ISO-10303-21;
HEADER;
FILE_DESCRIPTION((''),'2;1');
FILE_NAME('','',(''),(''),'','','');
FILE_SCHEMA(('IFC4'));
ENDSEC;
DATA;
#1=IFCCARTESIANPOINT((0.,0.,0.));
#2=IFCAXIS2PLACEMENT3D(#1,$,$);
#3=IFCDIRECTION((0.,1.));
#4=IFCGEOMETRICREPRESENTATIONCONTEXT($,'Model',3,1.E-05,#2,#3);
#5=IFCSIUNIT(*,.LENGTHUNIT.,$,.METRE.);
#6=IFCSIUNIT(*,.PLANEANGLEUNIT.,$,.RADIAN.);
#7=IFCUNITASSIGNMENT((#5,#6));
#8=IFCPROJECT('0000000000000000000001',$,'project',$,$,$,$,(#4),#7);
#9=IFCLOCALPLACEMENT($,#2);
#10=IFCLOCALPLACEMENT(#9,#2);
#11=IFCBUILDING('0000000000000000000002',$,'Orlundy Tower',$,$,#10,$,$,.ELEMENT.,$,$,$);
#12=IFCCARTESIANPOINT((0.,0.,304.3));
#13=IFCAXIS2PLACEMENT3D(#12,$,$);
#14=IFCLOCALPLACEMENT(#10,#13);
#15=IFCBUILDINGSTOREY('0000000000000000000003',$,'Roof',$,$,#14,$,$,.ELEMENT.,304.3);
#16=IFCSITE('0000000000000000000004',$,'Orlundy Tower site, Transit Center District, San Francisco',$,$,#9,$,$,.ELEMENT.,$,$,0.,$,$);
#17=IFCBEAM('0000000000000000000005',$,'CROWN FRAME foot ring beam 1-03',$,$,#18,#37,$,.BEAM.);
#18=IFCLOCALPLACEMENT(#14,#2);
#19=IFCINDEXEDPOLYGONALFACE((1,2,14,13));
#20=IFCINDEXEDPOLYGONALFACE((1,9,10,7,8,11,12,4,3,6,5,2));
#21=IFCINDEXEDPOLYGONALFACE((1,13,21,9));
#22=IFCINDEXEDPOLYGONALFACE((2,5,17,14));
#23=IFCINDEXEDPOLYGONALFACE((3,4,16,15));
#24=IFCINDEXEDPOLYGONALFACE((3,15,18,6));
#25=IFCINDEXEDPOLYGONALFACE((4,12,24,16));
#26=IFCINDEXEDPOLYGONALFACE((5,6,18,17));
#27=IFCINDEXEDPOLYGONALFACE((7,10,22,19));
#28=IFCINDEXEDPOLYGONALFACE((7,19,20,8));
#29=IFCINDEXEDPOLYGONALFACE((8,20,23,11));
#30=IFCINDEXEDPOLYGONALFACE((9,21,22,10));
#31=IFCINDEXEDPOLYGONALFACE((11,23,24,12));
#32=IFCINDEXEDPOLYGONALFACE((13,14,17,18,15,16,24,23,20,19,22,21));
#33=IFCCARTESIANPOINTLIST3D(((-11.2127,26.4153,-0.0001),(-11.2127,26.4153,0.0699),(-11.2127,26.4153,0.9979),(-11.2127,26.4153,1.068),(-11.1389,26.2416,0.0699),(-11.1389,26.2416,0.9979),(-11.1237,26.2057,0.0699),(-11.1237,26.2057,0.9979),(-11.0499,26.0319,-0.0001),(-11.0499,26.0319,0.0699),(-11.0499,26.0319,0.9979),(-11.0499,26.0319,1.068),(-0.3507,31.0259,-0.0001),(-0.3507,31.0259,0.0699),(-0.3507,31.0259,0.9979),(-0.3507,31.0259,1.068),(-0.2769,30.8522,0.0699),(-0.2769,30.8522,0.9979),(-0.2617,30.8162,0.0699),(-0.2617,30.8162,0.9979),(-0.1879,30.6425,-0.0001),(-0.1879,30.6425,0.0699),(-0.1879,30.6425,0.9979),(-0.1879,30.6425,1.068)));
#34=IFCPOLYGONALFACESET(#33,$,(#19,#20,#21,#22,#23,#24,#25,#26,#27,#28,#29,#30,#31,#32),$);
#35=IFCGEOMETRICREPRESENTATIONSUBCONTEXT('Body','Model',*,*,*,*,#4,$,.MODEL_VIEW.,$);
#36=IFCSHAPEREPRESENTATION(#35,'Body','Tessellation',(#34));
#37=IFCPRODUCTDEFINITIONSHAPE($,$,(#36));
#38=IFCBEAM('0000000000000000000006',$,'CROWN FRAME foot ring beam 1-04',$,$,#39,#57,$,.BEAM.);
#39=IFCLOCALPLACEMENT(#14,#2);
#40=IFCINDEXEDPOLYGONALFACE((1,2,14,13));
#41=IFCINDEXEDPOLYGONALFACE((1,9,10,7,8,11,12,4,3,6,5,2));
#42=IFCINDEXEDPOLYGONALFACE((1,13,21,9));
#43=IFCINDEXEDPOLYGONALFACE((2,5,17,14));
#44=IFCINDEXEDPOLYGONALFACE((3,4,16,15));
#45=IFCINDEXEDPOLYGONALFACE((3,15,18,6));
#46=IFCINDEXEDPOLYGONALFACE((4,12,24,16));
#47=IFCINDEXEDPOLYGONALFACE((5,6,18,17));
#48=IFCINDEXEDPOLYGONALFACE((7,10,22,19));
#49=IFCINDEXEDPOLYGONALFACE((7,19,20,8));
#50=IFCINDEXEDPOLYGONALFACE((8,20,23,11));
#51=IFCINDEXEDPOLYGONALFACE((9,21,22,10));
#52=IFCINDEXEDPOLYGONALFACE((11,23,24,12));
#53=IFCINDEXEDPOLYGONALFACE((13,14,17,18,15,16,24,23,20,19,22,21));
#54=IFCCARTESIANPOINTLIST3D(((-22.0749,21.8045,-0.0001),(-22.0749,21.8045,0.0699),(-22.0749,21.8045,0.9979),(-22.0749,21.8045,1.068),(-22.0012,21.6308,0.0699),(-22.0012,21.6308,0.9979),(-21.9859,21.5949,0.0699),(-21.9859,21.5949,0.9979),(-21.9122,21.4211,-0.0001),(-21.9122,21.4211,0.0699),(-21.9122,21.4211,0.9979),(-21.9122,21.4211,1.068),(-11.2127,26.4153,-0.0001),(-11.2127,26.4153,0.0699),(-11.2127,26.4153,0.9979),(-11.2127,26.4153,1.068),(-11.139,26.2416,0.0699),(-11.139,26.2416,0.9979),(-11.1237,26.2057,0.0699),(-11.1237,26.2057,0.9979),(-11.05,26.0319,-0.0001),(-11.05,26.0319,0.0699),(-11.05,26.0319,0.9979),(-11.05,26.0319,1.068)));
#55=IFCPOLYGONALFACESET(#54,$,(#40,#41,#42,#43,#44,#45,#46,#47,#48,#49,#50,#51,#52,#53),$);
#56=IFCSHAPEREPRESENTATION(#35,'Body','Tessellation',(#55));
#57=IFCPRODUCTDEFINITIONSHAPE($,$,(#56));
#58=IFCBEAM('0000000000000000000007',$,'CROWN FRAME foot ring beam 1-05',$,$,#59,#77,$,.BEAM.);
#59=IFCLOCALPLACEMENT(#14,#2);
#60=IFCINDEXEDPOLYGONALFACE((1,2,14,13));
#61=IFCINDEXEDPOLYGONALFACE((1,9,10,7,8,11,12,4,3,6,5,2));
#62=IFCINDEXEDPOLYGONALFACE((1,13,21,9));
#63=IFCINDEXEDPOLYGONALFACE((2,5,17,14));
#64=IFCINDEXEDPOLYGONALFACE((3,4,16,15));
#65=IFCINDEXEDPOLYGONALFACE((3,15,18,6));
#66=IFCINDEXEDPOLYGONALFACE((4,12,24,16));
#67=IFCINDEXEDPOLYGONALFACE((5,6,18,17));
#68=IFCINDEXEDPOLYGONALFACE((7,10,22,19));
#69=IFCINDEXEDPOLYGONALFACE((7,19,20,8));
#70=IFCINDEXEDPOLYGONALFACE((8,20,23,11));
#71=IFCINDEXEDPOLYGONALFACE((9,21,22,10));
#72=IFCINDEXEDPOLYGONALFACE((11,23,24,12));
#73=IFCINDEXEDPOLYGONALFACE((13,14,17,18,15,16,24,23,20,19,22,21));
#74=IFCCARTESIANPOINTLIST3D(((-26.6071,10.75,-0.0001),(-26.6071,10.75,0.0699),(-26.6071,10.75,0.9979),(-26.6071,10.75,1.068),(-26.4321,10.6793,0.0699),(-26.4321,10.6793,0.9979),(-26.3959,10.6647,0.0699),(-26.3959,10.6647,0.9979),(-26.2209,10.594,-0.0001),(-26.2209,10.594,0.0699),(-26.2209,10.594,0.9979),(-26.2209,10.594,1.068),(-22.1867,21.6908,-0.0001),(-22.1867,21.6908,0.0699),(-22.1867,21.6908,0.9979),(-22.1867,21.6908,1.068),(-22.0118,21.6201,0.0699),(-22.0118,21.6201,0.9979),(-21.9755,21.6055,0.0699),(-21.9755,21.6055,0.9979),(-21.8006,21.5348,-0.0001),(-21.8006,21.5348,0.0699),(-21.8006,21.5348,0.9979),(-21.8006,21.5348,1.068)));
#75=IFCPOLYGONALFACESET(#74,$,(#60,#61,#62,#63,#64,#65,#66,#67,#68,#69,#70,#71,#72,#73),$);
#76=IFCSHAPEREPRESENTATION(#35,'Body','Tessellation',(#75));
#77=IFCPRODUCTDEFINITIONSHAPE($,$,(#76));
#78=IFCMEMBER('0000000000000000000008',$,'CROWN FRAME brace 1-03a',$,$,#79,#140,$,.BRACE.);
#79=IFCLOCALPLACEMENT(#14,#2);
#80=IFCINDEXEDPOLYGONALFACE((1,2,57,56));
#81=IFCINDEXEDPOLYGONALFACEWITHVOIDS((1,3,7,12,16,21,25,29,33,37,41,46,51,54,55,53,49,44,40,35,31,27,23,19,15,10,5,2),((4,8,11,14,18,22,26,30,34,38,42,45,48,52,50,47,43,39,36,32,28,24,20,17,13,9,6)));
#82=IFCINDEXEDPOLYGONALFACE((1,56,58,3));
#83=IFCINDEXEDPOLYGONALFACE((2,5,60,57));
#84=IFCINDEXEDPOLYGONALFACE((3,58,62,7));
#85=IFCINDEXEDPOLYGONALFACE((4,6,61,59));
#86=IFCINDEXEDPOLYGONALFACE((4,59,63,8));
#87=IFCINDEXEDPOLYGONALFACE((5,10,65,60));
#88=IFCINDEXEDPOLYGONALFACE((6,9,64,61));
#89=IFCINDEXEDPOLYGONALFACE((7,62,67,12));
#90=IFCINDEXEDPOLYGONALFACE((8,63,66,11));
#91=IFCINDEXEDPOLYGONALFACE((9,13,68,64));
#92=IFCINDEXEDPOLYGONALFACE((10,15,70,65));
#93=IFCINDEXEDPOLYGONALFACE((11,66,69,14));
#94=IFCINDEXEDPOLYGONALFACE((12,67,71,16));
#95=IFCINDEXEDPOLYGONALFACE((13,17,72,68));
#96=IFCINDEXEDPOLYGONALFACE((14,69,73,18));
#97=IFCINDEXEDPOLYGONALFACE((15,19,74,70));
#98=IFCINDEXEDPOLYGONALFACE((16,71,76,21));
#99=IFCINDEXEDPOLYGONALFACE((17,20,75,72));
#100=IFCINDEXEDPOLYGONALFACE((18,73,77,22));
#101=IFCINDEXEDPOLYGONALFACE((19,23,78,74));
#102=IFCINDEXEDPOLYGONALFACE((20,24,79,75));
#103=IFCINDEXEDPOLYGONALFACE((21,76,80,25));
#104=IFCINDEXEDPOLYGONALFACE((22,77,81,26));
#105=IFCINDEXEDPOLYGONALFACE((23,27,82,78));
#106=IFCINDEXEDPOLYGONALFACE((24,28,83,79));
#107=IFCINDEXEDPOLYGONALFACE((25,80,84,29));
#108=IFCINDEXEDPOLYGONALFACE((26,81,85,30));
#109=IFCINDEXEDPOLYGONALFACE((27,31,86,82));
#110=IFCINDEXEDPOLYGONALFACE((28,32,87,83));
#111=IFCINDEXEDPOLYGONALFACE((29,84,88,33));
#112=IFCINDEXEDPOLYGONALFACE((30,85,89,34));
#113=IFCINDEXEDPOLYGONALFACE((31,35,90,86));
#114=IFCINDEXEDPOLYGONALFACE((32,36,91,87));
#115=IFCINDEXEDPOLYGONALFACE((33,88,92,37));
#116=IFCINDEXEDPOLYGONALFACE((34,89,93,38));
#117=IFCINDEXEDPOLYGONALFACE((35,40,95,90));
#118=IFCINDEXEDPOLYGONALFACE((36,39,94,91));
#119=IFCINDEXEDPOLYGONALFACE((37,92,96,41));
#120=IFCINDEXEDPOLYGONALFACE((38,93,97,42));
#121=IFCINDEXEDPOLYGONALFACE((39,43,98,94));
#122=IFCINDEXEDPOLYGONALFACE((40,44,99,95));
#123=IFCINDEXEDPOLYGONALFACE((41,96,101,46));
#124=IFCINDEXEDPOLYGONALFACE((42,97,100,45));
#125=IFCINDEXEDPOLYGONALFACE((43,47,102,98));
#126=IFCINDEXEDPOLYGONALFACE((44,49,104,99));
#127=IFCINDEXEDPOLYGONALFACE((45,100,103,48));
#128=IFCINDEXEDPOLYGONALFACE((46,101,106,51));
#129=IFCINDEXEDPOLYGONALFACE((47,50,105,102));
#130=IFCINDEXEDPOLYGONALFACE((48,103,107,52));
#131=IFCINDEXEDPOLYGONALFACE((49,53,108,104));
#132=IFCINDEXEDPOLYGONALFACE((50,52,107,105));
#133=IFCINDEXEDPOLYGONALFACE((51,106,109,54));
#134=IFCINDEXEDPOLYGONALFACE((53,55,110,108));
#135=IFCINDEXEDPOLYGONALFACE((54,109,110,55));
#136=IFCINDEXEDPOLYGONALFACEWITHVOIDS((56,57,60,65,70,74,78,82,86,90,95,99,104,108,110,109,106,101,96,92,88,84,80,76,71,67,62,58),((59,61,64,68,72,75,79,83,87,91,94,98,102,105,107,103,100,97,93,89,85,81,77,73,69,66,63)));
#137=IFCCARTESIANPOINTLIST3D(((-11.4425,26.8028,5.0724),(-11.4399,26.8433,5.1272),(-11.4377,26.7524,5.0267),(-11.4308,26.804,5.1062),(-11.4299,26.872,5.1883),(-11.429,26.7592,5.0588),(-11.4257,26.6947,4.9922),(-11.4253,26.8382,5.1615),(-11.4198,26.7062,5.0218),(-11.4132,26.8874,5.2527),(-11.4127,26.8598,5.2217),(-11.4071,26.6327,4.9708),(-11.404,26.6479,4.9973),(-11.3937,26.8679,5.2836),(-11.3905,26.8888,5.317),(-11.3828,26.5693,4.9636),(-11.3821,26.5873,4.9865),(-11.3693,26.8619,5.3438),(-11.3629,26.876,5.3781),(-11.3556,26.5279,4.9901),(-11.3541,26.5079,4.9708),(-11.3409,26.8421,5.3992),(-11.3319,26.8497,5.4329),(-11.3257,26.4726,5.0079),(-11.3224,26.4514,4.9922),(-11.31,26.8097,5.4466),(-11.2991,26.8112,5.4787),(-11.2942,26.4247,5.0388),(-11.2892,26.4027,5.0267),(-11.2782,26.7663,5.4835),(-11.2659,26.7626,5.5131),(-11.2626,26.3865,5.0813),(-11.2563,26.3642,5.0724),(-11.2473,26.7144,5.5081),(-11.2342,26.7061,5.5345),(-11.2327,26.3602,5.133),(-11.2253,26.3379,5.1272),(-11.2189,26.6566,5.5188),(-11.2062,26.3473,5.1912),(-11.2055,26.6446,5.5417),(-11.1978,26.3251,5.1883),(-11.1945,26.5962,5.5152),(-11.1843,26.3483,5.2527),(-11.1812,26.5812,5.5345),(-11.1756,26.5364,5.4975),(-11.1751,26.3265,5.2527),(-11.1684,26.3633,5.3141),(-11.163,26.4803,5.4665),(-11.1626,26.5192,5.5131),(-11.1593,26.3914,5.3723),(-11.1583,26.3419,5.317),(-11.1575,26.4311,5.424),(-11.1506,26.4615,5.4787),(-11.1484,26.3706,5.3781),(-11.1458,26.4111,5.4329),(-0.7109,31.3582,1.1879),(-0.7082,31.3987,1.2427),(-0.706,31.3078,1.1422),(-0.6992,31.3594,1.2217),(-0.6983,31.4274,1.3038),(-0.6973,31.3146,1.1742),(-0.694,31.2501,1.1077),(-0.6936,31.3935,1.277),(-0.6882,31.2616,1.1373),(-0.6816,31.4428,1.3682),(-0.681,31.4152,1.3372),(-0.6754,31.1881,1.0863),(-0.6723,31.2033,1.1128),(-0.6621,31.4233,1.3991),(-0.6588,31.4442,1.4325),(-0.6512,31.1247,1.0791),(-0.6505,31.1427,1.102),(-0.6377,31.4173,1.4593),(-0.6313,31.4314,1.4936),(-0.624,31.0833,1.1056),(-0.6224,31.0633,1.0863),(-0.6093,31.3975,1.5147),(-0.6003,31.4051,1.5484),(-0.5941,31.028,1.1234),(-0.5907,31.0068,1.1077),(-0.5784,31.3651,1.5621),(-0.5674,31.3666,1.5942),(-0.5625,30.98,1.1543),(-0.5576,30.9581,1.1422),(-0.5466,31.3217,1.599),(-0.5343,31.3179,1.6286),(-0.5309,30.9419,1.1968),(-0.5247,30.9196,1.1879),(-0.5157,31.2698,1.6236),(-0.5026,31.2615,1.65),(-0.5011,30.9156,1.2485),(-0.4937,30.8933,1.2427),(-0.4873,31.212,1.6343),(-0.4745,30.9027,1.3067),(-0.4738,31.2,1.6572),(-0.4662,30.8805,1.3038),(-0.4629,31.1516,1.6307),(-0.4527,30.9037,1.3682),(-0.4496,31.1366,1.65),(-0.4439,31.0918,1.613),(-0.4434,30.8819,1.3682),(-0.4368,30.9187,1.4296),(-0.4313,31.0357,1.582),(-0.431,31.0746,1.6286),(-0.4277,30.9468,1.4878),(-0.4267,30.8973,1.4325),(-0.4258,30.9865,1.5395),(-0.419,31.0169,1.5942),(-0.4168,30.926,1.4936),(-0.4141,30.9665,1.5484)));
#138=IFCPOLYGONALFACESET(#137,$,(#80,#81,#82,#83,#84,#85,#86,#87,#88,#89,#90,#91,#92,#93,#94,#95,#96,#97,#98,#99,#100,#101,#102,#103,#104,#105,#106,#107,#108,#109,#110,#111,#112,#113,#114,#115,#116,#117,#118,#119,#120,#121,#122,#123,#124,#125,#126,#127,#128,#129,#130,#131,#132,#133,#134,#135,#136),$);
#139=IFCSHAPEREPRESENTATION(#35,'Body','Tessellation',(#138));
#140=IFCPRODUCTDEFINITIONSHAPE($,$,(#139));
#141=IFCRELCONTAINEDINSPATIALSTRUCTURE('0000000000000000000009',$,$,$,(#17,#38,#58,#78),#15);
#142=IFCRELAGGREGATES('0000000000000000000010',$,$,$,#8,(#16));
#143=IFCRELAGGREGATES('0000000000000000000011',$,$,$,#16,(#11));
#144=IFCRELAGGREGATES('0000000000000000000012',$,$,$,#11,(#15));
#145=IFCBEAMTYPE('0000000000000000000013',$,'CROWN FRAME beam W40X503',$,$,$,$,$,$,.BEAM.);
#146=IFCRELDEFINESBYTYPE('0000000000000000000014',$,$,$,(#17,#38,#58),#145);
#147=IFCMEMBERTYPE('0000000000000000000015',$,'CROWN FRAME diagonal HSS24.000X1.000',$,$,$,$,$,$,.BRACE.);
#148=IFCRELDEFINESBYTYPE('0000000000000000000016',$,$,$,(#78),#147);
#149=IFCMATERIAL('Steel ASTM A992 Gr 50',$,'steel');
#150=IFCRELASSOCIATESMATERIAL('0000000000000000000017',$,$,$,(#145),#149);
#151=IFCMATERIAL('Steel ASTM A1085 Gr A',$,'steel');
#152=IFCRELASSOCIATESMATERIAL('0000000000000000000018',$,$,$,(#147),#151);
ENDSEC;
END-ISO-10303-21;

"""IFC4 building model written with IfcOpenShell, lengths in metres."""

from ifc_helpers import new_model, si_unit, direction, frame, origin, origin_2d, place, context, subcontext, project, spatial, hollow_circle, i_section, extrude, material, material_profile, profile_set, type_object, element, save


model = new_model("IFC4")

# Units and contexts
model_context = context("Model", 3, precision=1e-05, world=origin(), true_north=direction((0.0, 1.0)))
body_context = subcontext(model_context, "Body", "Model", "MODEL_VIEW")
ifc_project = project(units=[si_unit("LENGTHUNIT", "METRE"), si_unit("PLANEANGLEUNIT", "RADIAN")], contexts=[model_context])

# Site, building, storey
site_placement = place(None, origin())
site = spatial("IfcSite", under=ifc_project, at=site_placement, Name="Orlundy Tower site, Transit Center District, San Francisco", CompositionType="ELEMENT", RefElevation=0.0)
building_placement = place(site_placement, origin())
building = spatial("IfcBuilding", under=site, at=building_placement, Name="Orlundy Tower", CompositionType="ELEMENT")
storey_placement = place(building_placement, frame((0.0, 0.0, 304.3)))
storey = spatial("IfcBuildingStorey", under=building, at=storey_placement, Name="Roof", CompositionType="ELEMENT", Elevation=304.3)

# Beams
ifc_material_1 = material(Name="Steel ASTM A992 Gr 50", Category="steel")
ifc_material_profile_1 = material_profile(ifc_material_1, i_section(OverallWidth=0.4165, OverallDepth=1.0681, WebThickness=0.0391, FlangeThickness=0.0701, at=origin_2d()), Name="W40X503")
ifc_profile_set_1 = profile_set([ifc_material_profile_1], Name="Steel ASTM A992 Gr 50")
beam_type = type_object("IfcBeamType", Name="CROWN FRAME beam W40X503", PredefinedType="BEAM", material=ifc_profile_set_1)
beam_1_placement = place(storey_placement, frame((-0.2693, 30.8342, 0.5339), z_axis=(-0.920507, -0.390726, 0.0), x_axis=(0.390726, -0.920507, 0.0)))
element("IfcBeam", 1, at=beam_1_placement, inside=storey, type_object=beam_type, Name="CROWN FRAME foot ring beam 1-03", PredefinedType="BEAM", context=body_context, shape_type="SweptSolid", body=[
    extrude(i_section(OverallWidth=0.4165, OverallDepth=1.0681, WebThickness=0.0391, FlangeThickness=0.0701, at=origin_2d()), origin(), (0.0, 0.0, 1.0), 11.8),
])
beam_2_placement = place(storey_placement, frame((-11.1313, 26.2236, 0.5339), z_axis=(-0.920503, -0.390736, 0.0), x_axis=(0.390736, -0.920503, 0.0)))
element("IfcBeam", 2, at=beam_2_placement, inside=storey, type_object=beam_type, Name="CROWN FRAME foot ring beam 1-04", PredefinedType="BEAM", context=body_context, shape_type="SweptSolid", body=[
    extrude(i_section(OverallWidth=0.4165, OverallDepth=1.0681, WebThickness=0.0391, FlangeThickness=0.0701, at=origin_2d()), origin(), (0.0, 0.0, 1.0), 11.8003),
])
beam_3_placement = place(storey_placement, frame((-21.9937, 21.6128, 0.5339), z_axis=(-0.374606, -0.927184, 0.0), x_axis=(0.927184, -0.374606, 0.0)))
element("IfcBeam", 3, at=beam_3_placement, inside=storey, type_object=beam_type, Name="CROWN FRAME foot ring beam 1-05", PredefinedType="BEAM", context=body_context, shape_type="SweptSolid", body=[
    extrude(i_section(OverallWidth=0.4165, OverallDepth=1.0681, WebThickness=0.0391, FlangeThickness=0.0701, at=origin_2d()), origin(), (0.0, 0.0, 1.0), 11.8),
])

# Member
ifc_material_2 = material(Name="Steel ASTM A1085 Gr A", Category="steel")
ifc_material_profile_2 = material_profile(ifc_material_2, hollow_circle(Radius=0.3047, WallThickness=0.0237, at=origin_2d()), Name="HSS24.000X1.000")
ifc_profile_set_2 = profile_set([ifc_material_profile_2], Name="Steel ASTM A1085 Gr A")
member_type_1 = type_object("IfcMemberType", Name="CROWN FRAME diagonal HSS24.000X1.000", PredefinedType="BRACE", material=ifc_profile_set_2)
member_1_placement = place(storey_placement, frame((-0.5625, 31.1624, 1.3682), z_axis=(-0.873302, -0.370702, 0.316107), x_axis=(0.390738, -0.920502, 0.0)))
element("IfcMember", 4, at=member_1_placement, inside=storey, type_object=member_type_1, Name="CROWN FRAME brace 1-03a", PredefinedType="BRACE", context=body_context, shape_type="SweptSolid", body=[
    extrude(hollow_circle(Radius=0.3047, WallThickness=0.0237, at=origin_2d()), origin(), (0.0, 0.0, 1.0), 12.2886),
])

save(model, "model.ifc")
